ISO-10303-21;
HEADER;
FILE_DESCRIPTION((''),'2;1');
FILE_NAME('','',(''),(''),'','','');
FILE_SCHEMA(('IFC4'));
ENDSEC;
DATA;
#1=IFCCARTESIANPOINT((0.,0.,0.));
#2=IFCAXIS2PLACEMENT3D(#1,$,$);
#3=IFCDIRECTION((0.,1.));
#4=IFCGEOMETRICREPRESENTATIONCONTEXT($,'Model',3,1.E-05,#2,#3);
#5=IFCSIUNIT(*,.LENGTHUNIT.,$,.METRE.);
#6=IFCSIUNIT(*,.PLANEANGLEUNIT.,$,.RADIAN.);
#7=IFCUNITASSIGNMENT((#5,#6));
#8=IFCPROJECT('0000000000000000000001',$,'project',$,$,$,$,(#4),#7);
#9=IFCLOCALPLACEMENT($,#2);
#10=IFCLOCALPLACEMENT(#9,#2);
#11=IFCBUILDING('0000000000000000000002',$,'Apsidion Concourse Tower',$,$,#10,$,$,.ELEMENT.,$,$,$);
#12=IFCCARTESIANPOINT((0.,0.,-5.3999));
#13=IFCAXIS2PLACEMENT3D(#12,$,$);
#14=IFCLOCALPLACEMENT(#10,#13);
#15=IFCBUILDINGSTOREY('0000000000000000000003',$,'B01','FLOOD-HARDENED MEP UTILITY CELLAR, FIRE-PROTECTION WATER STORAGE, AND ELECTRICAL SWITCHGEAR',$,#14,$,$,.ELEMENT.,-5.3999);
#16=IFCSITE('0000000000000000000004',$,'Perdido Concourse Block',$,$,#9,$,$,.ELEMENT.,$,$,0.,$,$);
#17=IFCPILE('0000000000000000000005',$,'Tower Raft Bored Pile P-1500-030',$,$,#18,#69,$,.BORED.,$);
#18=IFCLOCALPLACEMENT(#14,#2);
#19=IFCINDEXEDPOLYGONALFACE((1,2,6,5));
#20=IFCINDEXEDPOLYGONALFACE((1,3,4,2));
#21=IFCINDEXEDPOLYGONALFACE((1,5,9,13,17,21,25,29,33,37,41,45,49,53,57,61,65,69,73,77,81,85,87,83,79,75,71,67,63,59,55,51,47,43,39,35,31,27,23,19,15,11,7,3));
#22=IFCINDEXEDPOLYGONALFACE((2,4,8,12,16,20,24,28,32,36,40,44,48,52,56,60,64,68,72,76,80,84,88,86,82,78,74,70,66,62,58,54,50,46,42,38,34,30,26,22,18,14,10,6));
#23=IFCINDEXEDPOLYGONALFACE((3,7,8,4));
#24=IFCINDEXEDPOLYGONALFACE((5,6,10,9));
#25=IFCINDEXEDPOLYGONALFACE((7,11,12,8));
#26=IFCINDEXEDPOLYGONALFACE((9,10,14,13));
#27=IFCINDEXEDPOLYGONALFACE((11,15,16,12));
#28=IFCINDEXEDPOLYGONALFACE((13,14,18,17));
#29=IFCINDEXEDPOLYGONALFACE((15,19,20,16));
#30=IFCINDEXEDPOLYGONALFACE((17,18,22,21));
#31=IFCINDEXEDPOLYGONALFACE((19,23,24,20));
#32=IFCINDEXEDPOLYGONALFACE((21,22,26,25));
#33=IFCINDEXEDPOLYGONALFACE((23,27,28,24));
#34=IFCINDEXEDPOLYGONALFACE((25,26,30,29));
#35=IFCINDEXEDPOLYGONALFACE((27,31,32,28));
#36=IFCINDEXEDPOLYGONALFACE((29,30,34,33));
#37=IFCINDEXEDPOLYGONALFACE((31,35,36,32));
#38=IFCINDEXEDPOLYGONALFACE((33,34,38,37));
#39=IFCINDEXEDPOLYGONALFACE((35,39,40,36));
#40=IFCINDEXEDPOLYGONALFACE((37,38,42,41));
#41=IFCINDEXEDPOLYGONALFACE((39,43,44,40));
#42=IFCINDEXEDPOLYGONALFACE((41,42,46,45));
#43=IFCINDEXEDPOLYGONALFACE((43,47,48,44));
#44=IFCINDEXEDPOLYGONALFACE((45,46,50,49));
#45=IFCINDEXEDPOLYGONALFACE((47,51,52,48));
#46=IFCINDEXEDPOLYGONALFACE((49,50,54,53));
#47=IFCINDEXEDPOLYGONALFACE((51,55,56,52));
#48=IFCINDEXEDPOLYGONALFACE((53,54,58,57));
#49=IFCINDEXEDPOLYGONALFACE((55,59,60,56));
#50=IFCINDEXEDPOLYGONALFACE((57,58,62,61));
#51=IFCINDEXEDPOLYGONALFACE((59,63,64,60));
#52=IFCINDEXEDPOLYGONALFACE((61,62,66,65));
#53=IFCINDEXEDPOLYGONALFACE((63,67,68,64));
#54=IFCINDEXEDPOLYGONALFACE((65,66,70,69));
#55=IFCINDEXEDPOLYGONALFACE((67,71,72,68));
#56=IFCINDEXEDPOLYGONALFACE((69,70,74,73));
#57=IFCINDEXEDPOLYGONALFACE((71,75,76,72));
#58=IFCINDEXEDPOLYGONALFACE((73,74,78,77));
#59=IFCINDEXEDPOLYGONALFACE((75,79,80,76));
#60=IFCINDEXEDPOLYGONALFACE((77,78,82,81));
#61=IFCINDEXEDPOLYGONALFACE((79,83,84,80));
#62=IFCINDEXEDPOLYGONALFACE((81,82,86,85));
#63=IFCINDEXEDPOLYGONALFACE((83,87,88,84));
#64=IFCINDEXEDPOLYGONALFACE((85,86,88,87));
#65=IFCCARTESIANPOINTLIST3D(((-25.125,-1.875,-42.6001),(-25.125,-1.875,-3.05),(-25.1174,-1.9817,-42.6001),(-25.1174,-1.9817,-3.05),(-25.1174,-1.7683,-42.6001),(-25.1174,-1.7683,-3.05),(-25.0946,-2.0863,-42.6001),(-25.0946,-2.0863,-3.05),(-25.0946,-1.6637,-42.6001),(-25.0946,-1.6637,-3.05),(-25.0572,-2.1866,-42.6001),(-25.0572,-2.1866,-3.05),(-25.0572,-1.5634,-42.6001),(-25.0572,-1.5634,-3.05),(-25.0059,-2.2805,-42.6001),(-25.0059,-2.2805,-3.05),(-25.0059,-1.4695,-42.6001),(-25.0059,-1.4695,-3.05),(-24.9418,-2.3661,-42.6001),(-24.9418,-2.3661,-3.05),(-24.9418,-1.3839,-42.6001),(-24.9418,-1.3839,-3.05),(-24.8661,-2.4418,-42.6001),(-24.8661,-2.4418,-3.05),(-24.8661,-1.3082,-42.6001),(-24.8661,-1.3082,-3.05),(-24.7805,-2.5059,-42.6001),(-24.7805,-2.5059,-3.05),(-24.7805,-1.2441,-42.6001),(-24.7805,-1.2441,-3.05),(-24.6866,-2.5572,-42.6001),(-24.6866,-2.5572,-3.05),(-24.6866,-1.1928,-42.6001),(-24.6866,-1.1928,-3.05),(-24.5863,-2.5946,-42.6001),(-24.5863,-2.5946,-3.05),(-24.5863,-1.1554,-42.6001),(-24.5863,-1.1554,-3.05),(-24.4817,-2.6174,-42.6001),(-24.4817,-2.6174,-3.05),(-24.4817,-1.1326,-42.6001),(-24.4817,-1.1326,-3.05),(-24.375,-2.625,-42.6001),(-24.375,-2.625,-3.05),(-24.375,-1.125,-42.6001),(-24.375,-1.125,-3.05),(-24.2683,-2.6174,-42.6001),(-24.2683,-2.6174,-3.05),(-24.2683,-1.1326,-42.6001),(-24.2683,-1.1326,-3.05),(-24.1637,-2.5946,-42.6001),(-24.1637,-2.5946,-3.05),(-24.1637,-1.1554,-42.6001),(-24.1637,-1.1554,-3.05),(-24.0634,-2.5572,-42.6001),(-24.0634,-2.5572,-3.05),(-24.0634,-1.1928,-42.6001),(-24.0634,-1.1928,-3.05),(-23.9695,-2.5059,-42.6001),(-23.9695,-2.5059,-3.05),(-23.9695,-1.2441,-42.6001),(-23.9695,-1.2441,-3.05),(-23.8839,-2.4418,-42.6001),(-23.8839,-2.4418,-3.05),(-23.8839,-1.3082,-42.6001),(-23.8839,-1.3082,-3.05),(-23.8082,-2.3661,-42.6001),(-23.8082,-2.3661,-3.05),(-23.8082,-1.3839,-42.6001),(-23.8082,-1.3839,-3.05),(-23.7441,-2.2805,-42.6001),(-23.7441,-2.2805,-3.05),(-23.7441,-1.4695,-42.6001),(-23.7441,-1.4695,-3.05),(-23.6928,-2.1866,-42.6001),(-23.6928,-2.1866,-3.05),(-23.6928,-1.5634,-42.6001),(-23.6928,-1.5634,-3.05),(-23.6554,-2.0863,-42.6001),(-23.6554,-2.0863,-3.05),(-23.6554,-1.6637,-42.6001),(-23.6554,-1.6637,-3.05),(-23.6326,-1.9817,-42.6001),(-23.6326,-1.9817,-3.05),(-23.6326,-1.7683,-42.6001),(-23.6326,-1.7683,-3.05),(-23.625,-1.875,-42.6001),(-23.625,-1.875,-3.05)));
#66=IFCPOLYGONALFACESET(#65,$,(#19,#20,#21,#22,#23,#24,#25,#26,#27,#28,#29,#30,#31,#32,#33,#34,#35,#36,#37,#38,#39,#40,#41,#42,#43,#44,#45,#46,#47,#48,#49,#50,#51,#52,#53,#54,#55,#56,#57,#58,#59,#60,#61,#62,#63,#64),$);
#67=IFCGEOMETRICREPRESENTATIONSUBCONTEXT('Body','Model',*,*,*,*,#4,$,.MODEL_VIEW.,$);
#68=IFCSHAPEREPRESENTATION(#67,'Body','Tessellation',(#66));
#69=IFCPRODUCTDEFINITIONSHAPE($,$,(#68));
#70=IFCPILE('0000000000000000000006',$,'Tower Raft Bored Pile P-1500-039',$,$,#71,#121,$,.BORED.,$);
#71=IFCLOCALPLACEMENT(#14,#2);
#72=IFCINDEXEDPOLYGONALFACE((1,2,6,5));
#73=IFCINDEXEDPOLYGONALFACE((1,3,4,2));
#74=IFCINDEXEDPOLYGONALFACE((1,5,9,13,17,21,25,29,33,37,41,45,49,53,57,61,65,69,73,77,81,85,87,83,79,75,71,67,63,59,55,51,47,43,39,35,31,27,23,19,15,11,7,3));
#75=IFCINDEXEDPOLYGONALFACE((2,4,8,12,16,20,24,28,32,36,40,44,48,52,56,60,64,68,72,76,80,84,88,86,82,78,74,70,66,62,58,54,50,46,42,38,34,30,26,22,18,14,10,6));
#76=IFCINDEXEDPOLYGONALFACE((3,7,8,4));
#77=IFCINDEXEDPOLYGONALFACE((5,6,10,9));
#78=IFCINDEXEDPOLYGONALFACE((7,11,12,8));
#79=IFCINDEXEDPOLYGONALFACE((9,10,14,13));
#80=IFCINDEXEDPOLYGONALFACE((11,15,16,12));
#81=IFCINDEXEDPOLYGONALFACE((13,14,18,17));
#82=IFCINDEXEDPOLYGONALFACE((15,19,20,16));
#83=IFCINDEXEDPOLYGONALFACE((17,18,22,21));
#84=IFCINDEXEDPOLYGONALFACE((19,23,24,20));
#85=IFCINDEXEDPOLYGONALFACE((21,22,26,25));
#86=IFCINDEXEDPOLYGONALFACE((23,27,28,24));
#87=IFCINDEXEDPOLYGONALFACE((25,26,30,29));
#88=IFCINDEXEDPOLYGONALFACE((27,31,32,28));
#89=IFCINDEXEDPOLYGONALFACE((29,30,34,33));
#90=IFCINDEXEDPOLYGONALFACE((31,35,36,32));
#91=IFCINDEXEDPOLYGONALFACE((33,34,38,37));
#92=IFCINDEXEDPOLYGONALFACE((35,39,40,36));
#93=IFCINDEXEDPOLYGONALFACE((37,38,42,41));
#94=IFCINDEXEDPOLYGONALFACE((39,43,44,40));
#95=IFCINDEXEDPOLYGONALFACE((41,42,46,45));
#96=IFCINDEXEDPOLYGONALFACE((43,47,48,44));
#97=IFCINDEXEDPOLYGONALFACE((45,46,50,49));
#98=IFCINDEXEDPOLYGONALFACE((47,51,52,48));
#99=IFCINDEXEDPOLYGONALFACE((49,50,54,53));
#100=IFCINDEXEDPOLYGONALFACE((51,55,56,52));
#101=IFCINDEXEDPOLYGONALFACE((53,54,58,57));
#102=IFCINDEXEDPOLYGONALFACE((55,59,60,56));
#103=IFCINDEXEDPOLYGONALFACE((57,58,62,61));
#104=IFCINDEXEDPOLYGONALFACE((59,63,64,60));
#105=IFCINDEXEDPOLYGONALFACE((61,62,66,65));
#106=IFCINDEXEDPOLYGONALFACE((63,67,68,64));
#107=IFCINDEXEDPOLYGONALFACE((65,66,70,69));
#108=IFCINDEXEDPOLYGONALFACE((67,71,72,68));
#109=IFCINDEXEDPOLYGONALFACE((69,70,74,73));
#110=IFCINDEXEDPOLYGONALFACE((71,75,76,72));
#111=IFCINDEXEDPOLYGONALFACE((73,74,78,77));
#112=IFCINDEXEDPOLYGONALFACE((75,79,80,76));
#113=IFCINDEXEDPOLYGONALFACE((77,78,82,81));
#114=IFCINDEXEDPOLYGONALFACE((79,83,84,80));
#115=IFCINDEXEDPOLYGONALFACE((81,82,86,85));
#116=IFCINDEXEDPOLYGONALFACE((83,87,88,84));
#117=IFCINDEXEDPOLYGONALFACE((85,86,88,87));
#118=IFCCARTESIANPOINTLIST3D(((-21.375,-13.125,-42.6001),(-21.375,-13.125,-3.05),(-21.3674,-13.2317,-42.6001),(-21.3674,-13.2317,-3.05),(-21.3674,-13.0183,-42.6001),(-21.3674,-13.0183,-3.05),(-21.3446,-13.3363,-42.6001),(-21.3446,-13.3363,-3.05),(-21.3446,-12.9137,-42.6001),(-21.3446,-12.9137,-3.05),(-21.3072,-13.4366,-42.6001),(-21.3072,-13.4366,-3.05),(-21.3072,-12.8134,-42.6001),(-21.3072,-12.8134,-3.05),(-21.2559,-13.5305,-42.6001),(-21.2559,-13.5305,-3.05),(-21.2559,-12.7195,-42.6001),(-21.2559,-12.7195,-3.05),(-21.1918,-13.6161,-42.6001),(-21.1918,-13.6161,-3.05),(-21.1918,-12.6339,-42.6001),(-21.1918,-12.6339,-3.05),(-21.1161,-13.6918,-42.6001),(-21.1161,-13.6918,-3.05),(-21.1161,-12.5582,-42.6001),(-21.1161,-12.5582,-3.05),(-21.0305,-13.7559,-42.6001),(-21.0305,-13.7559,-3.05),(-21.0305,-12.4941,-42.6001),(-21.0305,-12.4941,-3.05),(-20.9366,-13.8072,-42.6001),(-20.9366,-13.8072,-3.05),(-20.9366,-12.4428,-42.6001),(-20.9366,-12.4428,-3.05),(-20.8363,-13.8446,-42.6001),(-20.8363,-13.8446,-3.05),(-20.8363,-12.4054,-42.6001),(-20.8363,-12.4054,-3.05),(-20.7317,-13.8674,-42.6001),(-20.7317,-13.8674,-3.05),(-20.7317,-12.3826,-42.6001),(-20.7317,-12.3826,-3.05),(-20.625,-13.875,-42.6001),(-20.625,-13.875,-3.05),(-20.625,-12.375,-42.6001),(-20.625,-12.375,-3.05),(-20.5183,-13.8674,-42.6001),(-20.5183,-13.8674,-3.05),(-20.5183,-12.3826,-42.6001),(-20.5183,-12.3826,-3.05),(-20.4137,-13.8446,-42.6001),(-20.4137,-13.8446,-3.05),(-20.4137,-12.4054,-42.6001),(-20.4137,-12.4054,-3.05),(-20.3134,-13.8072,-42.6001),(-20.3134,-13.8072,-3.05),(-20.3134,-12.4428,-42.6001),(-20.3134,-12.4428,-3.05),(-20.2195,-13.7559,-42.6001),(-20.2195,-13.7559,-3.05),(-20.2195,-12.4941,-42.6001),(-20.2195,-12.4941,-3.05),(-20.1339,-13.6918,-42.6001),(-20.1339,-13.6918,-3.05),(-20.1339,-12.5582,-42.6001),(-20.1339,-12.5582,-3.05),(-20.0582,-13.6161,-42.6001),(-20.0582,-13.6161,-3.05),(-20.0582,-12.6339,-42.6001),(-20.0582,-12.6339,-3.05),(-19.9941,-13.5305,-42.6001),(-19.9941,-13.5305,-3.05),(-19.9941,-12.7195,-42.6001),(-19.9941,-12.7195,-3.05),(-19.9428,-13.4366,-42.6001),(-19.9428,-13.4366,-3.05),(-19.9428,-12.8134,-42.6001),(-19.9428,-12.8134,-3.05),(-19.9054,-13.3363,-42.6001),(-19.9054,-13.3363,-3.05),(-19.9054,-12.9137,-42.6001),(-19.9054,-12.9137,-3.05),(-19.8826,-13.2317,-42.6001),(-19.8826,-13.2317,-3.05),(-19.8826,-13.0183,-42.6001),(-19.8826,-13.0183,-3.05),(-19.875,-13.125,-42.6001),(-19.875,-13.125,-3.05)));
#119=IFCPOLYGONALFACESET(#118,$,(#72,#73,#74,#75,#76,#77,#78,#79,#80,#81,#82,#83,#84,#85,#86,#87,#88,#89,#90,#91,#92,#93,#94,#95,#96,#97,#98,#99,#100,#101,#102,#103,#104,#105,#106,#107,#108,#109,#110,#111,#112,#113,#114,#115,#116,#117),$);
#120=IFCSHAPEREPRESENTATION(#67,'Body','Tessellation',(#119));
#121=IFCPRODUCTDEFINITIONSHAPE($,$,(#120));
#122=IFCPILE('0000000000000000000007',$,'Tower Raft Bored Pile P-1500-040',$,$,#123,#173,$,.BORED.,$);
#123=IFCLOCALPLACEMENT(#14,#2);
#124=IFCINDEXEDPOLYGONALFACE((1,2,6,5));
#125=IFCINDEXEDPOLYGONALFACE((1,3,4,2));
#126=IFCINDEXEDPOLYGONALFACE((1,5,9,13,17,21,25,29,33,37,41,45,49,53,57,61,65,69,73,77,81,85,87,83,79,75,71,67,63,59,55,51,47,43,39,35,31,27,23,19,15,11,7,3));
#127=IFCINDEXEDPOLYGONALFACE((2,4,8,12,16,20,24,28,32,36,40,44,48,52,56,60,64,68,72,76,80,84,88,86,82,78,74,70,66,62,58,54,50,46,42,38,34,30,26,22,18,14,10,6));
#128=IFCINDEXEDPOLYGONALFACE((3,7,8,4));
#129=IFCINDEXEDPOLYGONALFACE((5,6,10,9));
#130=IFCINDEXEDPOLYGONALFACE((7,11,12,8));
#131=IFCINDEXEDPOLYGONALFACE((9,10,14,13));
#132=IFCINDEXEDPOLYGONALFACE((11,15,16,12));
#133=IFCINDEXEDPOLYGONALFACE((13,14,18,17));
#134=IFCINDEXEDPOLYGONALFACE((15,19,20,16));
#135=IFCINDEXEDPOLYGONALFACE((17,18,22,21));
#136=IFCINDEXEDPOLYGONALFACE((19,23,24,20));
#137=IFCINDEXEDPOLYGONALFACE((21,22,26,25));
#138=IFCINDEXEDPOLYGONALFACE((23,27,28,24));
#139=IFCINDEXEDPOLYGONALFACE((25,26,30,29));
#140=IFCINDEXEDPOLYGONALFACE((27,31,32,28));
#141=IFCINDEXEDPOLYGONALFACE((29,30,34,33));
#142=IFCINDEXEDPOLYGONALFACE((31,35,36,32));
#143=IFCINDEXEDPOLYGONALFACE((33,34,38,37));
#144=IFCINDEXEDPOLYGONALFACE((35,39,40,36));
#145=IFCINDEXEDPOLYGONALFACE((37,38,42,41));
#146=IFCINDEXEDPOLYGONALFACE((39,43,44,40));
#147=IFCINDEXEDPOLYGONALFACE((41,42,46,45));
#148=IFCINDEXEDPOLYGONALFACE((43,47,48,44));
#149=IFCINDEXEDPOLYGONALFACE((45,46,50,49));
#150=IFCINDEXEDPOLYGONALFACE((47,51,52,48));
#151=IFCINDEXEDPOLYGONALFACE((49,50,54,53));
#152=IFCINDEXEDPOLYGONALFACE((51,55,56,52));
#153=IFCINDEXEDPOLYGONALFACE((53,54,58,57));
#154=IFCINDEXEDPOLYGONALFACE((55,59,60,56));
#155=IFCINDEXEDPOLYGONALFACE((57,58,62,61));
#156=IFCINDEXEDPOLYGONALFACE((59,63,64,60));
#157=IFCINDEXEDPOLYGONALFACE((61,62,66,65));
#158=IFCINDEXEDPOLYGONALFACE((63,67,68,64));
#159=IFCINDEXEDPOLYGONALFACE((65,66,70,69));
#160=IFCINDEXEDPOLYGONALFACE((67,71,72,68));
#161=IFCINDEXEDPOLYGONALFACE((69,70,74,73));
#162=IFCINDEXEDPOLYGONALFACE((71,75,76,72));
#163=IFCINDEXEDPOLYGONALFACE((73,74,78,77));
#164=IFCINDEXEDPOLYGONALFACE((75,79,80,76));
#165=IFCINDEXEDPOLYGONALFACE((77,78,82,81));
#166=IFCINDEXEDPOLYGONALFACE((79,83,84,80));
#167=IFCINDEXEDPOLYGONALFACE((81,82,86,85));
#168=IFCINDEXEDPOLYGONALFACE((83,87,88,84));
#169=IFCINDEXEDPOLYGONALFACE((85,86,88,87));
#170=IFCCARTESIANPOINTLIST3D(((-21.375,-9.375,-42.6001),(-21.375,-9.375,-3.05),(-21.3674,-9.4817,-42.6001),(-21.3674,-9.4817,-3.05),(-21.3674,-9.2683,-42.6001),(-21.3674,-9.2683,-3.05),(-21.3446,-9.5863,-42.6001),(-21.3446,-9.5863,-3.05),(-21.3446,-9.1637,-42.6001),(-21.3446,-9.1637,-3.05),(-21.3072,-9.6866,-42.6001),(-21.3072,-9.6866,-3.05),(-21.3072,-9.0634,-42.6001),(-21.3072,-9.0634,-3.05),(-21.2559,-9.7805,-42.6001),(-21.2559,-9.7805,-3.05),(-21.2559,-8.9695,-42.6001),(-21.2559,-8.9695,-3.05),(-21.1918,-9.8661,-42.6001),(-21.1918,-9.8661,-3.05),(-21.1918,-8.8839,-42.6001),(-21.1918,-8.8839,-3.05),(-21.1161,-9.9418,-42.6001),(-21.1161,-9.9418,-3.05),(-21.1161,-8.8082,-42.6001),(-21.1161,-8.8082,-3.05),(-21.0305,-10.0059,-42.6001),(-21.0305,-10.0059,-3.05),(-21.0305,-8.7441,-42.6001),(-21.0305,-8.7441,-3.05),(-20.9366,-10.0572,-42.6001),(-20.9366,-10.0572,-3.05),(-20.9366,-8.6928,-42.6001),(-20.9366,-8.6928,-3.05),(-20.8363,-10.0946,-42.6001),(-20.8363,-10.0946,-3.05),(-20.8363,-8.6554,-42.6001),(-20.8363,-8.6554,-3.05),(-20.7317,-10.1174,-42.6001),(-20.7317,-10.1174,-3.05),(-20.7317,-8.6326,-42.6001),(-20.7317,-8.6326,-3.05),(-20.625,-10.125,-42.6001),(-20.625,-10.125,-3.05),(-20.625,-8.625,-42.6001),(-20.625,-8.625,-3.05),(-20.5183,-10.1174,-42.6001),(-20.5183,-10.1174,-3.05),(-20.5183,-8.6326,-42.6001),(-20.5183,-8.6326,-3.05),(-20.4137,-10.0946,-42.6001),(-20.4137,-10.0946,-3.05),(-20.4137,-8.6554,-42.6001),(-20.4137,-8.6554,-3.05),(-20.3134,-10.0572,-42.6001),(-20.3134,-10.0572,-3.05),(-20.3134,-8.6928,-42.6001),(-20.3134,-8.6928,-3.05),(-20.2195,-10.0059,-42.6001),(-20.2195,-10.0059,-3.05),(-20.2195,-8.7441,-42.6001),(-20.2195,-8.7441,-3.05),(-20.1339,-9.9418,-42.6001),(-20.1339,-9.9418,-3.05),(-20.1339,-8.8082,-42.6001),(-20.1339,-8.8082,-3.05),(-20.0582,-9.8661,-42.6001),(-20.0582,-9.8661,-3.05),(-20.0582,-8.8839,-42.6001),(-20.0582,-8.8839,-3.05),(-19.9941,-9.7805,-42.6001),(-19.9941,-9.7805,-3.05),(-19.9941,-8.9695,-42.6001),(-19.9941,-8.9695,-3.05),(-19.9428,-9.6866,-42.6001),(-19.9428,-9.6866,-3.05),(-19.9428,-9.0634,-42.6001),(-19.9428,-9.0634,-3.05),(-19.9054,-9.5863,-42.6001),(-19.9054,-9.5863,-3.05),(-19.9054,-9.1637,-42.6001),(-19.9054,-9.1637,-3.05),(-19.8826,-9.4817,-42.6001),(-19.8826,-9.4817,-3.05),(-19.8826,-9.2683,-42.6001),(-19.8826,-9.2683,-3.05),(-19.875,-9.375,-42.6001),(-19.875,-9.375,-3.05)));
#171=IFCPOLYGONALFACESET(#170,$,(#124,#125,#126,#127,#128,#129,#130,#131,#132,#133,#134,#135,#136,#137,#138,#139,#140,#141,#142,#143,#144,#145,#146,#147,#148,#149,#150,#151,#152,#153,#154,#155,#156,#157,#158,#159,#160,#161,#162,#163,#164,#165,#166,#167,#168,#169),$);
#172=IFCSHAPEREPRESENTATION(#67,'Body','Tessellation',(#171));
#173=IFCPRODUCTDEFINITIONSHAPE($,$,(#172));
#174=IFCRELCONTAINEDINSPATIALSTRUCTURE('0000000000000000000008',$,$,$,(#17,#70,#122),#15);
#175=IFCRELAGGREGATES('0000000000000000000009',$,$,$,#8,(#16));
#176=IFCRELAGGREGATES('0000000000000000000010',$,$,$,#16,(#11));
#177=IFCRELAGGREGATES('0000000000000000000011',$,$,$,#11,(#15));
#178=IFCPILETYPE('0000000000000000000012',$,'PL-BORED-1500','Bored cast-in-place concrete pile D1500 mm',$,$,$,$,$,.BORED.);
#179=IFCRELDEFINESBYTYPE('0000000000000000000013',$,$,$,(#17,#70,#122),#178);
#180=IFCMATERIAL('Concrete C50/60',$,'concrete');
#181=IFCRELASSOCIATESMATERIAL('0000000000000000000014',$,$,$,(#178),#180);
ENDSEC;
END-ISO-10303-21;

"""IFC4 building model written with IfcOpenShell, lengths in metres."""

from ifc_helpers import new_model, si_unit, direction, frame, origin, origin_2d, place, context, subcontext, project, spatial, circle, extrude, material, material_profile, profile_set, type_object, element, save


model = new_model("IFC4")

# Units and contexts
model_context = context("Model", 3, precision=1e-05, world=origin(), true_north=direction((0.0, 1.0)))
body_context = subcontext(model_context, "Body", "Model", "MODEL_VIEW")
ifc_project = project(units=[si_unit("LENGTHUNIT", "METRE"), si_unit("PLANEANGLEUNIT", "RADIAN")], contexts=[model_context])

# Site, building, storey
site_placement = place(None, origin())
site = spatial("IfcSite", under=ifc_project, at=site_placement, Name="Perdido Concourse Block", CompositionType="ELEMENT", RefElevation=0.0)
building_placement = place(site_placement, origin())
building = spatial("IfcBuilding", under=site, at=building_placement, Name="Apsidion Concourse Tower", CompositionType="ELEMENT")
storey_placement = place(building_placement, frame((0.0, 0.0, -5.3999)))
storey = spatial("IfcBuildingStorey", under=building, at=storey_placement, Name="B01", Description="FLOOD-HARDENED MEP UTILITY CELLAR, FIRE-PROTECTION WATER STORAGE, AND ELECTRICAL SWITCHGEAR", CompositionType="ELEMENT", Elevation=-5.3999)

# Shared definitions
ifc_material_1 = material(Name="Concrete C50/60", Category="concrete")

# Piles
ifc_material_profile_1 = material_profile(ifc_material_1, circle(Radius=0.75, at=origin_2d()), Name="BORED PILE D1500")
ifc_profile_set_1 = profile_set([ifc_material_profile_1], Name="Concrete C50/60")
pile_type_1 = type_object("IfcPileType", Name="PL-BORED-1500", Description="Bored cast-in-place concrete pile D1500 mm", PredefinedType="BORED", material=ifc_profile_set_1)
for number, where, z_axis, x_axis, name in (
    (1, (-24.375, -1.875, -3.05), (0.0, 0.0, -1.0), (1.0, 0.0, 0.0), "Tower Raft Bored Pile P-1500-030"),
    (2, (-20.625, -13.125, -3.05), (0.0, 0.0, -1.0), (1.0, 0.0, 0.0), "Tower Raft Bored Pile P-1500-039"),
    (3, (-20.625, -9.375, -3.05), (0.0, 0.0, -1.0), (1.0, 0.0, 0.0), "Tower Raft Bored Pile P-1500-040"),
):
    element("IfcPile", number, at=place(storey_placement, frame(where, z_axis=z_axis, x_axis=x_axis)), inside=storey, type_object=pile_type_1, Name=name, PredefinedType="BORED", context=body_context, shape_type="SweptSolid", body=[
        extrude(circle(Radius=0.75, at=origin_2d()), origin(), (0.0, 0.0, 1.0), 39.55),
    ])

save(model, "model.ifc")
